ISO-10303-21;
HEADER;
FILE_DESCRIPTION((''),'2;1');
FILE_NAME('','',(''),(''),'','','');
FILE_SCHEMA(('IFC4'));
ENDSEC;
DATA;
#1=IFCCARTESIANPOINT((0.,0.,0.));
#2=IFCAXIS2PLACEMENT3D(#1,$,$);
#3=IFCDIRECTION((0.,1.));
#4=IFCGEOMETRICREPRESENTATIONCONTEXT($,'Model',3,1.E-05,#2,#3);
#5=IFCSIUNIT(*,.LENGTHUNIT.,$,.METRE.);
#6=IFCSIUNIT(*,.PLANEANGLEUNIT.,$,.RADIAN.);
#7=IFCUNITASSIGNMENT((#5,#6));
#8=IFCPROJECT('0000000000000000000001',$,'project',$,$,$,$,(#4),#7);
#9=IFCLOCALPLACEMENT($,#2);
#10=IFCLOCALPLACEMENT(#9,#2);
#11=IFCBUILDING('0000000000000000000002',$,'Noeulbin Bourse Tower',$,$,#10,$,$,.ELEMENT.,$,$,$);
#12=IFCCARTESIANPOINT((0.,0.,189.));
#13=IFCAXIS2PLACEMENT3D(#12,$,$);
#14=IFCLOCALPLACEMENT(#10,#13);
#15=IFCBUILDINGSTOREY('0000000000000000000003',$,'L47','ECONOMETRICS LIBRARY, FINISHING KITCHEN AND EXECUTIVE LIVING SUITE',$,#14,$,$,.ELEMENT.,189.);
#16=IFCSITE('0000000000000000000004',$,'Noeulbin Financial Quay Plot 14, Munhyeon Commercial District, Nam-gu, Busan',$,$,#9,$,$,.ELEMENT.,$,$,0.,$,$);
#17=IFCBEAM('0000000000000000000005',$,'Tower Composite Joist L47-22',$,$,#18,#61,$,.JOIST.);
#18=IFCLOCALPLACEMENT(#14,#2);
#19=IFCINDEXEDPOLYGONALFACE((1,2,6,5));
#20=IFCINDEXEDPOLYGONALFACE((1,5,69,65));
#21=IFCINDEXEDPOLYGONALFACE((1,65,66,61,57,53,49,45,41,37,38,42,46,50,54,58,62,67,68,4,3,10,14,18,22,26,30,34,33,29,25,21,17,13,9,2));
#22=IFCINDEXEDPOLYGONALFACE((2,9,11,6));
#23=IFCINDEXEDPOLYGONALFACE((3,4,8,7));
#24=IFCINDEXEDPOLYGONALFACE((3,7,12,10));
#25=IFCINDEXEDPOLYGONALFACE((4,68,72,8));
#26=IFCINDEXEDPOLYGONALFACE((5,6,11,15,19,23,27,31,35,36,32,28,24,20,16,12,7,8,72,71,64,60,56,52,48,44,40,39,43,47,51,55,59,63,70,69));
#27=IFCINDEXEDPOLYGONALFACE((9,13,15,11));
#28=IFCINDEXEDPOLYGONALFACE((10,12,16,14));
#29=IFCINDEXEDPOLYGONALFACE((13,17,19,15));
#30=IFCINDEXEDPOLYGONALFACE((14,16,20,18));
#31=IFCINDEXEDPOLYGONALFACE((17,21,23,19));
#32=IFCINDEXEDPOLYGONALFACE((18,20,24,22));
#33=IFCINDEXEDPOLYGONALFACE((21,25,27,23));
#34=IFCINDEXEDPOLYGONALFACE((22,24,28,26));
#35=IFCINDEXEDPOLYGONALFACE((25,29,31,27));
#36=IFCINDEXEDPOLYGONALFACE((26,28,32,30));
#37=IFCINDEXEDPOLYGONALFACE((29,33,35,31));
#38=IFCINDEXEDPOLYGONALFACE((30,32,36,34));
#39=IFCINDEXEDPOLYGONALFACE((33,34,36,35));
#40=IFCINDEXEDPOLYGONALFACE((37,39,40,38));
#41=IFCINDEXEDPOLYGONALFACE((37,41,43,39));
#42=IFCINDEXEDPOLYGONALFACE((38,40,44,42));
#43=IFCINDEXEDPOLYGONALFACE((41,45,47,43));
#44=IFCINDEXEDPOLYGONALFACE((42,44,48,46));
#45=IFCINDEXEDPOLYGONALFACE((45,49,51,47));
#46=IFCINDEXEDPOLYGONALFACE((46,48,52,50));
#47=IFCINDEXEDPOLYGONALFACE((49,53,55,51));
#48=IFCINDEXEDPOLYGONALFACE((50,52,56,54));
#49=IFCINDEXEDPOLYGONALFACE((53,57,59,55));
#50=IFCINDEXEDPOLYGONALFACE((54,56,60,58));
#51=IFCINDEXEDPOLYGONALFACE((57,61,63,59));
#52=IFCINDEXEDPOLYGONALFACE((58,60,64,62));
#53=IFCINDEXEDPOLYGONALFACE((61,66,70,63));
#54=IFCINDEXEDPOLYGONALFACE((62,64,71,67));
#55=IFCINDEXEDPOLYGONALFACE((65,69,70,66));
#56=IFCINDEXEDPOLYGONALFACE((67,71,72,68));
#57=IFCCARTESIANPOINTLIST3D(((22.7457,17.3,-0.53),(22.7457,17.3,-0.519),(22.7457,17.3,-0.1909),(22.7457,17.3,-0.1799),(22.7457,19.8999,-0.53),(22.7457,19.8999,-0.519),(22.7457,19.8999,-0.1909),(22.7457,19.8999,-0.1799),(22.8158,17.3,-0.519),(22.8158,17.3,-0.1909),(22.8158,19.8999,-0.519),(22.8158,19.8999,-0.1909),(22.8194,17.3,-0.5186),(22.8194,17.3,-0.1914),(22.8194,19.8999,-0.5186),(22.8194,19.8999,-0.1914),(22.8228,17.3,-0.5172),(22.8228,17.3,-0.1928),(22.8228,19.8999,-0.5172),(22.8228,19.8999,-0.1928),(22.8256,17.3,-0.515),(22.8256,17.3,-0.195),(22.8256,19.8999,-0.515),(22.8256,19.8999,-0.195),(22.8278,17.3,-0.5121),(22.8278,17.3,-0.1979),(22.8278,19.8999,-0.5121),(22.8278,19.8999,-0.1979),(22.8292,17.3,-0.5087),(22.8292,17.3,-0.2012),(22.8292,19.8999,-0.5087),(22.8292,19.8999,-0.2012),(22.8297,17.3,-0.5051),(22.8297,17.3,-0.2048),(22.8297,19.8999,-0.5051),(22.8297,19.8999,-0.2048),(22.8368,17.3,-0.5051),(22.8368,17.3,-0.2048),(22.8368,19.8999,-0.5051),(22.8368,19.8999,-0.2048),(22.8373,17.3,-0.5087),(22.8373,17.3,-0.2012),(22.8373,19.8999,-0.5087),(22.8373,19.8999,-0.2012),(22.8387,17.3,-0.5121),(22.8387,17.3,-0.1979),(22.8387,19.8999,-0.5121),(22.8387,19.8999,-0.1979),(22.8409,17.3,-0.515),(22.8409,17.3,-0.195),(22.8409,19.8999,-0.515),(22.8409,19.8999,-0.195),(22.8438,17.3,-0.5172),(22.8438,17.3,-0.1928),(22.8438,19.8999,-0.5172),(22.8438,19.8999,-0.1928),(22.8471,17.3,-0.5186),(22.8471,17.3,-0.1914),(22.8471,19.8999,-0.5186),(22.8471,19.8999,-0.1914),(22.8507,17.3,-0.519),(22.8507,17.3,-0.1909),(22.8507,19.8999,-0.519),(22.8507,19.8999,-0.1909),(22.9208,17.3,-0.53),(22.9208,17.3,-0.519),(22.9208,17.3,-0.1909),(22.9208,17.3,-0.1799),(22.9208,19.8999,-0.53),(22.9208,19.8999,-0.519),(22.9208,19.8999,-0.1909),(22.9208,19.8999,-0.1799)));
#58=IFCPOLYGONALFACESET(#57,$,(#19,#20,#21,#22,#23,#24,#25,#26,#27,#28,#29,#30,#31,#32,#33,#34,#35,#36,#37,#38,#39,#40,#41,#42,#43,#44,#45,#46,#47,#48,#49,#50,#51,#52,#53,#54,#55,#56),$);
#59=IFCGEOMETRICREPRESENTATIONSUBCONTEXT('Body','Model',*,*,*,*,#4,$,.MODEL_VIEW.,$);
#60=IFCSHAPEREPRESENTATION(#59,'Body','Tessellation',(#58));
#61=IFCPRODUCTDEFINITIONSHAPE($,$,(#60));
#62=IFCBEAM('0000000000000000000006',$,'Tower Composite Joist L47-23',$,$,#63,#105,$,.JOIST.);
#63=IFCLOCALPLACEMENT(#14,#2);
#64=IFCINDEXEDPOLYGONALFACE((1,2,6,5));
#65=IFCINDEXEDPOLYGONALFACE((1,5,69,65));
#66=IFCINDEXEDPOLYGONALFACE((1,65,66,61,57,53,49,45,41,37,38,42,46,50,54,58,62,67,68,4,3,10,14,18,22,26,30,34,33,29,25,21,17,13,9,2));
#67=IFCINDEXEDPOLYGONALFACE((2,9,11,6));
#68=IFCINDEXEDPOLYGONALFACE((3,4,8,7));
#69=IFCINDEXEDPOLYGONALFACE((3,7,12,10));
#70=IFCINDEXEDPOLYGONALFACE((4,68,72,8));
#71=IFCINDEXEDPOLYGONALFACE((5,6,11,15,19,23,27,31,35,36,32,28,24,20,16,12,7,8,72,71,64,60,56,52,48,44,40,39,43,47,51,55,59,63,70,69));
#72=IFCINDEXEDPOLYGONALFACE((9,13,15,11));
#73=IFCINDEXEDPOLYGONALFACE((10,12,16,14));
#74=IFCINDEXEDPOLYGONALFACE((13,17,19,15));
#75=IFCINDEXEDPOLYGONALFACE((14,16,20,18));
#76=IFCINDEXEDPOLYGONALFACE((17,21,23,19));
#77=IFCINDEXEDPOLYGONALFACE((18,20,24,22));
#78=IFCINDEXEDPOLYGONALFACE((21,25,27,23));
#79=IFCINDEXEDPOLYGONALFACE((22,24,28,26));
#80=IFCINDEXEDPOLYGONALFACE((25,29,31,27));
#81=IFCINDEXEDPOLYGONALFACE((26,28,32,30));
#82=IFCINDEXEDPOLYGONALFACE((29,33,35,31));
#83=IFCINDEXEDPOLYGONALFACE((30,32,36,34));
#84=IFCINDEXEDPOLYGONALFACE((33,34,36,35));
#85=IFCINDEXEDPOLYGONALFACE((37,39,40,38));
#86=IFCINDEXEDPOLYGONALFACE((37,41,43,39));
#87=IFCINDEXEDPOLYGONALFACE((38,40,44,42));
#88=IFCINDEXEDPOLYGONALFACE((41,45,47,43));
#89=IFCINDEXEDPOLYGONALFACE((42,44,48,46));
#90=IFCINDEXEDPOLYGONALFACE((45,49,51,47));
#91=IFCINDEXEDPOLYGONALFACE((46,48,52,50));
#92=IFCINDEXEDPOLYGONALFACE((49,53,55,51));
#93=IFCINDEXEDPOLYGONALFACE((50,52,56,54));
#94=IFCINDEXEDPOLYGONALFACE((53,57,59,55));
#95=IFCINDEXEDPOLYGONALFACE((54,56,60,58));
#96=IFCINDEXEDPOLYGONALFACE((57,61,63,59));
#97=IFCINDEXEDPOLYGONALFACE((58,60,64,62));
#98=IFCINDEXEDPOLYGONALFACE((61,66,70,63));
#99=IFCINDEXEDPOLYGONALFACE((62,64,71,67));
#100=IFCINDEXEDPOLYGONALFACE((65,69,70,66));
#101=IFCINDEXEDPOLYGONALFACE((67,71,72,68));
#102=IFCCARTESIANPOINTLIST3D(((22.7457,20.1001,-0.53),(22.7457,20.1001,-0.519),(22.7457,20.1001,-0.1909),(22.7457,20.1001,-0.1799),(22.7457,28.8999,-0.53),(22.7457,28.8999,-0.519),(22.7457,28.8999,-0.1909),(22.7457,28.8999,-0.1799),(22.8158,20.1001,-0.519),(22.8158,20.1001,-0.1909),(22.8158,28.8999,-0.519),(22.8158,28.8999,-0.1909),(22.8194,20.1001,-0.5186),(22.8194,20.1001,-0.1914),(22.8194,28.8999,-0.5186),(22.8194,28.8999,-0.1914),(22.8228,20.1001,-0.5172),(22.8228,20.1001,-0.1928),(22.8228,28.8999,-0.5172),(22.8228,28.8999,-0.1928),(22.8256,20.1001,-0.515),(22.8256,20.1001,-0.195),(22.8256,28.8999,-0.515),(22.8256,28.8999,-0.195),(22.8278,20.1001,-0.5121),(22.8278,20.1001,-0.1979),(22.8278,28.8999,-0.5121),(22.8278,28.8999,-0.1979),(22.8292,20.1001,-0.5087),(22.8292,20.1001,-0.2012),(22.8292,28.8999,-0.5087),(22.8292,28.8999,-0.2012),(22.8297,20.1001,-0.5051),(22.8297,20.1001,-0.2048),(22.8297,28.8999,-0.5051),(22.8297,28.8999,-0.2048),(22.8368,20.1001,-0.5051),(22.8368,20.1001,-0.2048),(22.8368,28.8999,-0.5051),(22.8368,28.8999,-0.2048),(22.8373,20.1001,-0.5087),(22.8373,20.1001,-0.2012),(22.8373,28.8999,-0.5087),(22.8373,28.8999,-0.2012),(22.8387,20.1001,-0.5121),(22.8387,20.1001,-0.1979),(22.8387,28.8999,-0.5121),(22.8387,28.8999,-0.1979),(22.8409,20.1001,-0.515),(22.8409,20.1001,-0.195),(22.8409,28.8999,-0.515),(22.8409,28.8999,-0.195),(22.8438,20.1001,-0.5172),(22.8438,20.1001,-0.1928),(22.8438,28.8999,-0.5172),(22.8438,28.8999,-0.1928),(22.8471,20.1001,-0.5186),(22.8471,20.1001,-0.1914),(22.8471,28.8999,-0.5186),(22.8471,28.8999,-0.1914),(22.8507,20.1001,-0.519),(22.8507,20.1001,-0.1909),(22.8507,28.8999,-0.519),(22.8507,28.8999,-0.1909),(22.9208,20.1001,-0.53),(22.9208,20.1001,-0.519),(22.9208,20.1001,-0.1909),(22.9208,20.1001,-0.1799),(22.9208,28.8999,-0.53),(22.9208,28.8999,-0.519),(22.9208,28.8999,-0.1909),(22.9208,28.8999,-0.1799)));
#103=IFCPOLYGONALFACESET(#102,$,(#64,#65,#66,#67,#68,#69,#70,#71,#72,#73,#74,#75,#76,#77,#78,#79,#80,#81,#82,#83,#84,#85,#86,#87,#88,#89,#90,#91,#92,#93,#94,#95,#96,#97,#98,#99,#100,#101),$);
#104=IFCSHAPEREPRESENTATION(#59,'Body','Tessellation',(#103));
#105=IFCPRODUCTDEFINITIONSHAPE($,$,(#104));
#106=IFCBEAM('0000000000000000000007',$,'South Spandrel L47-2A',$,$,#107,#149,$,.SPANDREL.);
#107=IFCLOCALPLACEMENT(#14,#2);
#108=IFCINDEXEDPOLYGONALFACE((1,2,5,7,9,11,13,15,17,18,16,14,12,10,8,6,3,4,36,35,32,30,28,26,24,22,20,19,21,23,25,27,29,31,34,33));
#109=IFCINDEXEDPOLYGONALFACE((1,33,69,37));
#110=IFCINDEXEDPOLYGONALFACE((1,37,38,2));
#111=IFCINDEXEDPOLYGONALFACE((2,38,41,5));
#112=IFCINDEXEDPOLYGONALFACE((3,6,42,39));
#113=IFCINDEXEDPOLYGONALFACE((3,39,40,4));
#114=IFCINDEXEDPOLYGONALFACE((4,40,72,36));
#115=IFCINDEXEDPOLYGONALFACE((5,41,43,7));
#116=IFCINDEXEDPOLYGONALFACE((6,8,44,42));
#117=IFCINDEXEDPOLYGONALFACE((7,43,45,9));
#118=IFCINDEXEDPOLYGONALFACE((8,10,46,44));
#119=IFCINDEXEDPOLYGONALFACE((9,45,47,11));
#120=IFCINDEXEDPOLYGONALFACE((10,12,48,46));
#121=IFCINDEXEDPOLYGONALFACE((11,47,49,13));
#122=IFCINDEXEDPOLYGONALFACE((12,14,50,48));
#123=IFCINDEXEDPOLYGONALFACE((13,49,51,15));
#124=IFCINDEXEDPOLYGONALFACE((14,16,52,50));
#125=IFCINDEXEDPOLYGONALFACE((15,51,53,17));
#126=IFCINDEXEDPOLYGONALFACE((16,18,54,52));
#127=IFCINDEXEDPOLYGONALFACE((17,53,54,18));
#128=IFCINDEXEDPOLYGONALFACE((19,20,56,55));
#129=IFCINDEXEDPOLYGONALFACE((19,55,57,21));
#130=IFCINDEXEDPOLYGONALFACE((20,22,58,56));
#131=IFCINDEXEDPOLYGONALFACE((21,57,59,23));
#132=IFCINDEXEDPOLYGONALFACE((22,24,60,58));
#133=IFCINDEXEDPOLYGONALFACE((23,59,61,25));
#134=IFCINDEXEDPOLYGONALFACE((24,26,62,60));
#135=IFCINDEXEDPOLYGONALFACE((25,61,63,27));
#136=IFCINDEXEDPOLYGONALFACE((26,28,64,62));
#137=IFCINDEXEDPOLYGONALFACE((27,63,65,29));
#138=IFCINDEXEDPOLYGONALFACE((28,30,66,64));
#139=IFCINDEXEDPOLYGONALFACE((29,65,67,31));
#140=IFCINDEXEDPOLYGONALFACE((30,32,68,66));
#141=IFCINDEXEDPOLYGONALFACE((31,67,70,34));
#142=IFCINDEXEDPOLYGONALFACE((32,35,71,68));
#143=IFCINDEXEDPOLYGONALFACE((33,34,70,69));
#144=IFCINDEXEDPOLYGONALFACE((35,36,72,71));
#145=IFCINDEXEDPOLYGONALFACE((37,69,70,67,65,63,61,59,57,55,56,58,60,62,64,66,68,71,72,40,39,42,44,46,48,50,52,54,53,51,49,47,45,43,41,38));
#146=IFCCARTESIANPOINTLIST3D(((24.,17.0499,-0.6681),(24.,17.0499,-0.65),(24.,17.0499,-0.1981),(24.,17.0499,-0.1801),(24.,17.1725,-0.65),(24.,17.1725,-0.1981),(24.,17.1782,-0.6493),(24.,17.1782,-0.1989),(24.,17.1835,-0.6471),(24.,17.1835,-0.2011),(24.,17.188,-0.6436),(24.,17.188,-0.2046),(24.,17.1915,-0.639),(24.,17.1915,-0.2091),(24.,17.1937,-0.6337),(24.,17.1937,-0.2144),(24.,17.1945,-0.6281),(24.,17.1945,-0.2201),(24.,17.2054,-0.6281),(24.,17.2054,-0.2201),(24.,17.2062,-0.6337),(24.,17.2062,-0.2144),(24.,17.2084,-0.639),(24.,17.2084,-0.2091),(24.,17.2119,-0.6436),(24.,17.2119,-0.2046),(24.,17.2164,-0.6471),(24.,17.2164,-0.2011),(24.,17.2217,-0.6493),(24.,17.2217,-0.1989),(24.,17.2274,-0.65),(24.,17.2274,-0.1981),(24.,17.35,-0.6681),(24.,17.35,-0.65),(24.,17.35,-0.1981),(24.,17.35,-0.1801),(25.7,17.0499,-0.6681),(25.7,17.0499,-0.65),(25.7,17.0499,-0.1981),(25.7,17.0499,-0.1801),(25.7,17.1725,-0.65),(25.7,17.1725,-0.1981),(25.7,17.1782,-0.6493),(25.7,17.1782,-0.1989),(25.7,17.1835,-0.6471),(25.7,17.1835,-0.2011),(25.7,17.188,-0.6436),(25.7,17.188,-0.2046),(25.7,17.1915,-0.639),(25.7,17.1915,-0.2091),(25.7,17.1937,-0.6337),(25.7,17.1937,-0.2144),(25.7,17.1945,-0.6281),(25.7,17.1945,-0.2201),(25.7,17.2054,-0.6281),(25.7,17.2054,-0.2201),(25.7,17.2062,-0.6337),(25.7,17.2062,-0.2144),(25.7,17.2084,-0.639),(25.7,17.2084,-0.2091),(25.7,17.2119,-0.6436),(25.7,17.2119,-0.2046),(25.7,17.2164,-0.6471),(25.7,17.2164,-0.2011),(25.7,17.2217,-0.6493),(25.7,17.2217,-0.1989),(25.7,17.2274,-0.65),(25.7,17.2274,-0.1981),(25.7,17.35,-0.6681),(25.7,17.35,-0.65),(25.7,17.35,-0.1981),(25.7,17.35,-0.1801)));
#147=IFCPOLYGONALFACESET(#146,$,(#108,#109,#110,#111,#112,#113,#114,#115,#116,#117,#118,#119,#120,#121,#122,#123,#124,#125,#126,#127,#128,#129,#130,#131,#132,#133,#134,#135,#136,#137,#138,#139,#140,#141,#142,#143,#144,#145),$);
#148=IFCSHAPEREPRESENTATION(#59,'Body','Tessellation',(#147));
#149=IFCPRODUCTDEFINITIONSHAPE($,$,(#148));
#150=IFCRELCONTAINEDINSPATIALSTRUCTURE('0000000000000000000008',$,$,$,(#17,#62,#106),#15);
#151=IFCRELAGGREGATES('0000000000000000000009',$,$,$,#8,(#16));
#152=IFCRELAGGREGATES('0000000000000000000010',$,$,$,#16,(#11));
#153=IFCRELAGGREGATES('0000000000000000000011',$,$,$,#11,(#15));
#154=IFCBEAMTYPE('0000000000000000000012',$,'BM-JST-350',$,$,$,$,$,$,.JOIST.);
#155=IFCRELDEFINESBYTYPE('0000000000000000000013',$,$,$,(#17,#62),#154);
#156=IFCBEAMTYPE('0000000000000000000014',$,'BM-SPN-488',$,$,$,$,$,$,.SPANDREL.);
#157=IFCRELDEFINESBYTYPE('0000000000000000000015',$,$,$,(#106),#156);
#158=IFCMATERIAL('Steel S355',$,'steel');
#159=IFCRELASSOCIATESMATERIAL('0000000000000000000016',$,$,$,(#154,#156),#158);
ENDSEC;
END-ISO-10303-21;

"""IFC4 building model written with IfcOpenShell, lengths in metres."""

from ifc_helpers import new_model, si_unit, direction, frame, origin, origin_2d, place, context, subcontext, project, spatial, i_section, extrude, material, material_profile, profile_set, type_object, element, save


model = new_model("IFC4")

# Units and contexts
model_context = context("Model", 3, precision=1e-05, world=origin(), true_north=direction((0.0, 1.0)))
body_context = subcontext(model_context, "Body", "Model", "MODEL_VIEW")
ifc_project = project(units=[si_unit("LENGTHUNIT", "METRE"), si_unit("PLANEANGLEUNIT", "RADIAN")], contexts=[model_context])

# Site, building, storey
site_placement = place(None, origin())
site = spatial("IfcSite", under=ifc_project, at=site_placement, Name="Noeulbin Financial Quay Plot 14, Munhyeon Commercial District, Nam-gu, Busan", CompositionType="ELEMENT", RefElevation=0.0)
building_placement = place(site_placement, origin())
building = spatial("IfcBuilding", under=site, at=building_placement, Name="Noeulbin Bourse Tower", CompositionType="ELEMENT")
storey_placement = place(building_placement, frame((0.0, 0.0, 189.0)))
storey = spatial("IfcBuildingStorey", under=building, at=storey_placement, Name="L47", Description="ECONOMETRICS LIBRARY, FINISHING KITCHEN AND EXECUTIVE LIVING SUITE", CompositionType="ELEMENT", Elevation=189.0)

# Shared definitions
ifc_material_1 = material(Name="Steel S355", Category="steel")

# Beams
ifc_material_profile_1 = material_profile(ifc_material_1, i_section(OverallWidth=0.175, OverallDepth=0.3501, WebThickness=0.0071, FlangeThickness=0.011, FilletRadius=0.0139, at=origin_2d()), Name="H-350x175x7x11", Category="LoadBearing")
ifc_profile_set_1 = profile_set([ifc_material_profile_1], Name="Steel S355")
beam_type_1 = type_object("IfcBeamType", Name="BM-JST-350", PredefinedType="JOIST", material=ifc_profile_set_1)
beam_1_placement = place(storey_placement, frame((22.8333, 17.3, -0.355), z_axis=(0.0, 1.0, 0.0), x_axis=(-1.0, 0.0, 0.0)))
element("IfcBeam", 1, at=beam_1_placement, inside=storey, type_object=beam_type_1, Name="Tower Composite Joist L47-22", PredefinedType="JOIST", context=body_context, shape_type="SweptSolid", body=[
    extrude(i_section(OverallWidth=0.175, OverallDepth=0.3501, WebThickness=0.0071, FlangeThickness=0.011, FilletRadius=0.0139, at=origin_2d()), origin(), (0.0, 0.0, 1.0), 2.5999),
])
beam_2_placement = place(storey_placement, frame((22.8333, 20.1001, -0.355), z_axis=(0.0, 1.0, 0.0), x_axis=(-1.0, 0.0, 0.0)))
element("IfcBeam", 2, at=beam_2_placement, inside=storey, type_object=beam_type_1, Name="Tower Composite Joist L47-23", PredefinedType="JOIST", context=body_context, shape_type="SweptSolid", body=[
    extrude(i_section(OverallWidth=0.175, OverallDepth=0.3501, WebThickness=0.0071, FlangeThickness=0.011, FilletRadius=0.0139, at=origin_2d()), origin(), (0.0, 0.0, 1.0), 8.7998),
])
ifc_material_profile_2 = material_profile(ifc_material_1, i_section(OverallWidth=0.3, OverallDepth=0.488, WebThickness=0.011, FlangeThickness=0.0181, FilletRadius=0.022, at=origin_2d()), Name="H-488x300x11x18", Category="LoadBearing")
ifc_profile_set_2 = profile_set([ifc_material_profile_2], Name="Steel S355")
beam_type_2 = type_object("IfcBeamType", Name="BM-SPN-488", PredefinedType="SPANDREL", material=ifc_profile_set_2)
beam_3_placement = place(storey_placement, frame((24.0, 17.2, -0.4241), z_axis=(1.0, 0.0, 0.0), x_axis=(0.0, 1.0, 0.0)))
element("IfcBeam", 3, at=beam_3_placement, inside=storey, type_object=beam_type_2, Name="South Spandrel L47-2A", PredefinedType="SPANDREL", context=body_context, shape_type="SweptSolid", body=[
    extrude(i_section(OverallWidth=0.3, OverallDepth=0.488, WebThickness=0.011, FlangeThickness=0.0181, FilletRadius=0.022, at=origin_2d()), origin(), (0.0, 0.0, 1.0), 1.7),
])

save(model, "model.ifc")
